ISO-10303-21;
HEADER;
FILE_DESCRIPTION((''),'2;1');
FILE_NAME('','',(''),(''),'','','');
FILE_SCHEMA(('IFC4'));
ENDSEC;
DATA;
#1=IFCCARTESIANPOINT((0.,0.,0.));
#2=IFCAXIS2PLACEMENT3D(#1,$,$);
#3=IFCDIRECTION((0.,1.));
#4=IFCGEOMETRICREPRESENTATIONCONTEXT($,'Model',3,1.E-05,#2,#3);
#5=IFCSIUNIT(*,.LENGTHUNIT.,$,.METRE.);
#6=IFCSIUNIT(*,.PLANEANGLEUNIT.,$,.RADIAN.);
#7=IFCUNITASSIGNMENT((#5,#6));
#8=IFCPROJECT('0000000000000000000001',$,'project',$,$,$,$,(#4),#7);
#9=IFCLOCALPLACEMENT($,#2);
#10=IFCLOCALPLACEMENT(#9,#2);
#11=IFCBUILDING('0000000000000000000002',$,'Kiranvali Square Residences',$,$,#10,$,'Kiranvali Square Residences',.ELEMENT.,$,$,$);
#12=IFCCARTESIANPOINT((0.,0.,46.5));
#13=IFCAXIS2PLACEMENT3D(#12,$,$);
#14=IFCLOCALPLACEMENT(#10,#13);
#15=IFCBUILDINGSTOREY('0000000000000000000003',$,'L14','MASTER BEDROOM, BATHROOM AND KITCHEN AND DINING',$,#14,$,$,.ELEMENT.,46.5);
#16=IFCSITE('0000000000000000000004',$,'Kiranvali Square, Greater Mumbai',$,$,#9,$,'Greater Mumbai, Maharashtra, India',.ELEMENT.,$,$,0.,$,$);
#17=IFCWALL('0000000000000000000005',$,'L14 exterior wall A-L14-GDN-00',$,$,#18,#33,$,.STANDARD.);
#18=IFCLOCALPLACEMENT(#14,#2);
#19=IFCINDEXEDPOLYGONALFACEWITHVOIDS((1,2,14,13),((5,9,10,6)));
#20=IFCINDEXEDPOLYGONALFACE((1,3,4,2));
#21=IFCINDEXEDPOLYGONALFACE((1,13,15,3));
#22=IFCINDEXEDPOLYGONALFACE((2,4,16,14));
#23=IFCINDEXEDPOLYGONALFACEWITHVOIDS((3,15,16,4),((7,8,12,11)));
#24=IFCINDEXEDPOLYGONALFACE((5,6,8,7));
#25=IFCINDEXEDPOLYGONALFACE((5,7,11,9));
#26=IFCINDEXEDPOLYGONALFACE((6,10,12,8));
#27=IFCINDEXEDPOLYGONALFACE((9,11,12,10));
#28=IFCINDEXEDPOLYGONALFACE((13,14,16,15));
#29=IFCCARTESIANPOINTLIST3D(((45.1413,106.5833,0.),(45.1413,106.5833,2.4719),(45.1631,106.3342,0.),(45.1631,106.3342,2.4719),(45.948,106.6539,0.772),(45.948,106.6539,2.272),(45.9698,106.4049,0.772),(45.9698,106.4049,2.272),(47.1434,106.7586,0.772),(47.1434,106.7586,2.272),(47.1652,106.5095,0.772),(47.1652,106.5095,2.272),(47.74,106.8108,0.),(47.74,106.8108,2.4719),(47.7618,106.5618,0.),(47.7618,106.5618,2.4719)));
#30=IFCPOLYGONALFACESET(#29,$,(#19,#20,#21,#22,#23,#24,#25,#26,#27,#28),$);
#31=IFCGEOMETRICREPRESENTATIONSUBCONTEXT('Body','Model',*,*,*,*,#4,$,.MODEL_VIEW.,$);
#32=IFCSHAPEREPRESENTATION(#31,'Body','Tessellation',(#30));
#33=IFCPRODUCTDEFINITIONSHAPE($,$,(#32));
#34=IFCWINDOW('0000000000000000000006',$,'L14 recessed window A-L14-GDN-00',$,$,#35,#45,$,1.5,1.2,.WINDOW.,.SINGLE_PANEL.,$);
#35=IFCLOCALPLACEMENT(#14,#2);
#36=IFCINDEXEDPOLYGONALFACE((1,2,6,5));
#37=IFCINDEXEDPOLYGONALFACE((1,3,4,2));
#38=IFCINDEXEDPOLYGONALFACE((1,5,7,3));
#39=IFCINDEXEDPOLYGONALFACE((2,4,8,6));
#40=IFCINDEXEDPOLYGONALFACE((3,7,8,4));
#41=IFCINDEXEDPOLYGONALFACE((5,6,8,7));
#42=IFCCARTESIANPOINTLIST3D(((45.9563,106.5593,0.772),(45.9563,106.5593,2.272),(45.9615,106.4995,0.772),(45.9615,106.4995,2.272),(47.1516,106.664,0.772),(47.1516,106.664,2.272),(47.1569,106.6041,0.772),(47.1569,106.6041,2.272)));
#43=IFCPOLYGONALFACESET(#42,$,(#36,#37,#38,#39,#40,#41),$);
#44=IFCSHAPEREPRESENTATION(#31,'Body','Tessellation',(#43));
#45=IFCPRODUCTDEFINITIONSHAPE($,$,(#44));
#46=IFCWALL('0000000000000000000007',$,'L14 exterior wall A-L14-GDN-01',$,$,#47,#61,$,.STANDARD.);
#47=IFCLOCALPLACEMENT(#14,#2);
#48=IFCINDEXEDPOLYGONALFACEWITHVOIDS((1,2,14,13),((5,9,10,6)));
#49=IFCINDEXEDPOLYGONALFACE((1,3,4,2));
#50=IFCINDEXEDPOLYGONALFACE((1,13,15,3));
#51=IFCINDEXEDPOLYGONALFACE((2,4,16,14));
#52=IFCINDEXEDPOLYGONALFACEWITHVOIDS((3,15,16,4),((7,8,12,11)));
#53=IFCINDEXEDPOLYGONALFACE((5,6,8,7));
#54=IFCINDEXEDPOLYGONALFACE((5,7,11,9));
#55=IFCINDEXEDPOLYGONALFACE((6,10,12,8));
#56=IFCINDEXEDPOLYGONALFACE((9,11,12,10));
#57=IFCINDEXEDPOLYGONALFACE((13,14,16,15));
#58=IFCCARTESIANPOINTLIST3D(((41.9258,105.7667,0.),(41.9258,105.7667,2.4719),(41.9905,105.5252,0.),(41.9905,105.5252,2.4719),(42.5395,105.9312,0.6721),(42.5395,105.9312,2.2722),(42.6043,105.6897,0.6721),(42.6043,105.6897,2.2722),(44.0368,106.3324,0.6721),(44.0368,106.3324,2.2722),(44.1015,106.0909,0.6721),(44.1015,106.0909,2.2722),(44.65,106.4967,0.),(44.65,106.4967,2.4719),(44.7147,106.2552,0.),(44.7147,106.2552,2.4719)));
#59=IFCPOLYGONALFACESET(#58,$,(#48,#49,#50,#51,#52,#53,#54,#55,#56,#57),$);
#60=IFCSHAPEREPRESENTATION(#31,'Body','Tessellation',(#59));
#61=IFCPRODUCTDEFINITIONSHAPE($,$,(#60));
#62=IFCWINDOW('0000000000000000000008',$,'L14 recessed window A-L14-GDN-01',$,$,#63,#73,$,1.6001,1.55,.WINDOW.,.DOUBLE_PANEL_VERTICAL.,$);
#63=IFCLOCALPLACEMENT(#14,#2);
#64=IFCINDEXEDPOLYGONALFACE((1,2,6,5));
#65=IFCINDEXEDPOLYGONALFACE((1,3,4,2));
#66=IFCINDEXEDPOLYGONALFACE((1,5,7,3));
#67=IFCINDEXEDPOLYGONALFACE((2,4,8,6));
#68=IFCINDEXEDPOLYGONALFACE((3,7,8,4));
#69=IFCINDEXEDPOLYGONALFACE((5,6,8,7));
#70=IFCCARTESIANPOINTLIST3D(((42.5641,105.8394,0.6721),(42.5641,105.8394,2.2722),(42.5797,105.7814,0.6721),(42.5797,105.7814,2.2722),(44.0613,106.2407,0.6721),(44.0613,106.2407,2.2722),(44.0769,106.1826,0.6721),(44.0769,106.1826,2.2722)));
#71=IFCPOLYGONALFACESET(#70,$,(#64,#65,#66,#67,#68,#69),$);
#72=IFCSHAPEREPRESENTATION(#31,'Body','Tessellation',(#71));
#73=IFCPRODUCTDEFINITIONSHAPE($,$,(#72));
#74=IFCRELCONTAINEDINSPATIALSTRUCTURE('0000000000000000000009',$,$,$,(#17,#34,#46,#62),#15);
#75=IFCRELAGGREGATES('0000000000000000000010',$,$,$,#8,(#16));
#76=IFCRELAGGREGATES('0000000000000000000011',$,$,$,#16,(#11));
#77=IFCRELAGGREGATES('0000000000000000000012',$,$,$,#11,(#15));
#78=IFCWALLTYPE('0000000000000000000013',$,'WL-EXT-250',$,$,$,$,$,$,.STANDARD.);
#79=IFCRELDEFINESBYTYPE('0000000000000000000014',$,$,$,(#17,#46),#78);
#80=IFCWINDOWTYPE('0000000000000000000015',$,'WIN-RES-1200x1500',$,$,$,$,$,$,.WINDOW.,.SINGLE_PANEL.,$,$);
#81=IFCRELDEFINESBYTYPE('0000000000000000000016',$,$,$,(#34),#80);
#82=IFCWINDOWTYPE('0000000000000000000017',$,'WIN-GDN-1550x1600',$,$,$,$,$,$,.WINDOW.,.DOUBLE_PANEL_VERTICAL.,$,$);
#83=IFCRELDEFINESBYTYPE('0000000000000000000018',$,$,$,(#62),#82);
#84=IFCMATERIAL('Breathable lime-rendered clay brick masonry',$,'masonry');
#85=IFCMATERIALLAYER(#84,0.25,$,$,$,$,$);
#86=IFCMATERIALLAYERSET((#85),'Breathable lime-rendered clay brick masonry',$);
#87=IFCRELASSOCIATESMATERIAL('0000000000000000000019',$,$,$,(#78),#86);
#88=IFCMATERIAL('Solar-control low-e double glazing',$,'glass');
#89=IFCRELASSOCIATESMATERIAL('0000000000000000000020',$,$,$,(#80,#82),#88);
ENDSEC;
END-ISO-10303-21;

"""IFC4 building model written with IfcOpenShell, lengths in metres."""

from ifc_helpers import new_model, si_unit, direction, frame, frame_2d, origin, place, context, subcontext, project, spatial, rectangle, extrude, material, layer, layer_set, type_object, element, fill, save


model = new_model("IFC4")

# Units and contexts
model_context = context("Model", 3, precision=1e-05, world=origin(), true_north=direction((0.0, 1.0)))
body_context = subcontext(model_context, "Body", "Model", "MODEL_VIEW")
ifc_project = project(units=[si_unit("LENGTHUNIT", "METRE"), si_unit("PLANEANGLEUNIT", "RADIAN")], contexts=[model_context])

# Site, building, storey
site_placement = place(None, origin())
site = spatial("IfcSite", under=ifc_project, at=site_placement, Name="Kiranvali Square, Greater Mumbai", LongName="Greater Mumbai, Maharashtra, India", CompositionType="ELEMENT", RefElevation=0.0)
building_placement = place(site_placement, origin())
building = spatial("IfcBuilding", under=site, at=building_placement, Name="Kiranvali Square Residences", LongName="Kiranvali Square Residences", CompositionType="ELEMENT")
storey_placement = place(building_placement, frame((0.0, 0.0, 46.5)))
storey = spatial("IfcBuildingStorey", under=building, at=storey_placement, Name="L14", Description="MASTER BEDROOM, BATHROOM AND KITCHEN AND DINING", CompositionType="ELEMENT", Elevation=46.5)

# Walls, openings, windows
ifc_material_1 = material(Name="Breathable lime-rendered clay brick masonry", Category="masonry")
ifc_layer_1 = layer(ifc_material_1, 0.25)
ifc_layer_set_1 = layer_set([ifc_layer_1], Name="Breathable lime-rendered clay brick masonry")
wall_type_1 = type_object("IfcWallType", Name="WL-EXT-250", PredefinedType="STANDARD", material=ifc_layer_set_1)
wall_1_placement = place(storey_placement, frame((47.7507, 106.6863, 0.0), z_axis=(0.0, 0.0, 1.0), x_axis=(-0.996188, -0.087227, 0.0)))
wall_1 = element("IfcWall", 1, at=wall_1_placement, inside=storey, type_object=wall_type_1, Name="L14 exterior wall A-L14-GDN-00", PredefinedType="STANDARD", context=body_context, shape_type="SweptSolid", body=[
    extrude(rectangle(XDim=2.6086, YDim=0.25, at=frame_2d((1.3042, 0.0))), origin(), (0.0, 0.0, 1.0), 2.4719),
])
opening_1_placement = place(wall_1_placement, frame((0.5986, 0.0, 0.772)))
opening_1 = element("IfcOpeningElement", 2, at=opening_1_placement, cuts=wall_1, PredefinedType="OPENING", context=body_context, shape_type="SweptSolid", body=[
    extrude(rectangle(XDim=1.2, YDim=1.5, at=frame_2d((0.6001, 0.75))), frame((0.0, 0.135, 0.0), z_axis=(0.0, -1.0, 0.0), x_axis=(1.0, 0.0, 0.0)), (0.0, 0.0, 1.0), 0.27),
])
ifc_material_2 = material(Name="Solar-control low-e double glazing", Category="glass")
window_type_1 = type_object("IfcWindowType", Name="WIN-RES-1200x1500", PartitioningType="SINGLE_PANEL", PredefinedType="WINDOW", material=ifc_material_2)
window_1_placement = place(opening_1_placement, origin())
window_1 = element("IfcWindow", 3, at=window_1_placement, inside=storey, type_object=window_type_1, Name="L14 recessed window A-L14-GDN-00", OverallHeight=1.5, OverallWidth=1.2, PartitioningType="SINGLE_PANEL", PredefinedType="WINDOW", context=body_context, shape_type="SweptSolid", body=[
    extrude(rectangle(XDim=1.2, YDim=1.5, at=frame_2d((0.6001, 0.75))), frame((0.0, 0.03, 0.0), z_axis=(0.0, -1.0, 0.0), x_axis=(1.0, 0.0, 0.0)), (0.0, 0.0, 1.0), 0.0601),
])
fill(opening_1, window_1)
wall_2_placement = place(storey_placement, frame((44.6824, 106.376, 0.0), z_axis=(0.0, 0.0, 1.0), x_axis=(-0.965921, -0.258837, 0.0)))
wall_2 = element("IfcWall", 4, at=wall_2_placement, inside=storey, type_object=wall_type_1, Name="L14 exterior wall A-L14-GDN-01", PredefinedType="STANDARD", context=body_context, shape_type="SweptSolid", body=[
    extrude(rectangle(XDim=2.8203, YDim=0.25, at=frame_2d((1.4102, 0.0))), origin(), (0.0, 0.0, 1.0), 2.4719),
])
opening_2_placement = place(wall_2_placement, frame((0.635, 0.0, 0.6721)))
opening_2 = element("IfcOpeningElement", 5, at=opening_2_placement, cuts=wall_2, PredefinedType="OPENING", context=body_context, shape_type="SweptSolid", body=[
    extrude(rectangle(XDim=1.55, YDim=1.6001, at=frame_2d((0.7749, 0.8))), frame((0.0, 0.135, 0.0), z_axis=(0.0, -1.0, 0.0), x_axis=(1.0, 0.0, 0.0)), (0.0, 0.0, 1.0), 0.27),
])
window_type_2 = type_object("IfcWindowType", Name="WIN-GDN-1550x1600", PartitioningType="DOUBLE_PANEL_VERTICAL", PredefinedType="WINDOW", material=ifc_material_2)
window_2_placement = place(opening_2_placement, origin())
window_2 = element("IfcWindow", 6, at=window_2_placement, inside=storey, type_object=window_type_2, Name="L14 recessed window A-L14-GDN-01", OverallHeight=1.6001, OverallWidth=1.55, PartitioningType="DOUBLE_PANEL_VERTICAL", PredefinedType="WINDOW", context=body_context, shape_type="SweptSolid", body=[
    extrude(rectangle(XDim=1.55, YDim=1.6001, at=frame_2d((0.7749, 0.8))), frame((0.0, 0.03, 0.0), z_axis=(0.0, -1.0, 0.0), x_axis=(1.0, 0.0, 0.0)), (0.0, 0.0, 1.0), 0.0601),
])
fill(opening_2, window_2)

save(model, "model.ifc")
